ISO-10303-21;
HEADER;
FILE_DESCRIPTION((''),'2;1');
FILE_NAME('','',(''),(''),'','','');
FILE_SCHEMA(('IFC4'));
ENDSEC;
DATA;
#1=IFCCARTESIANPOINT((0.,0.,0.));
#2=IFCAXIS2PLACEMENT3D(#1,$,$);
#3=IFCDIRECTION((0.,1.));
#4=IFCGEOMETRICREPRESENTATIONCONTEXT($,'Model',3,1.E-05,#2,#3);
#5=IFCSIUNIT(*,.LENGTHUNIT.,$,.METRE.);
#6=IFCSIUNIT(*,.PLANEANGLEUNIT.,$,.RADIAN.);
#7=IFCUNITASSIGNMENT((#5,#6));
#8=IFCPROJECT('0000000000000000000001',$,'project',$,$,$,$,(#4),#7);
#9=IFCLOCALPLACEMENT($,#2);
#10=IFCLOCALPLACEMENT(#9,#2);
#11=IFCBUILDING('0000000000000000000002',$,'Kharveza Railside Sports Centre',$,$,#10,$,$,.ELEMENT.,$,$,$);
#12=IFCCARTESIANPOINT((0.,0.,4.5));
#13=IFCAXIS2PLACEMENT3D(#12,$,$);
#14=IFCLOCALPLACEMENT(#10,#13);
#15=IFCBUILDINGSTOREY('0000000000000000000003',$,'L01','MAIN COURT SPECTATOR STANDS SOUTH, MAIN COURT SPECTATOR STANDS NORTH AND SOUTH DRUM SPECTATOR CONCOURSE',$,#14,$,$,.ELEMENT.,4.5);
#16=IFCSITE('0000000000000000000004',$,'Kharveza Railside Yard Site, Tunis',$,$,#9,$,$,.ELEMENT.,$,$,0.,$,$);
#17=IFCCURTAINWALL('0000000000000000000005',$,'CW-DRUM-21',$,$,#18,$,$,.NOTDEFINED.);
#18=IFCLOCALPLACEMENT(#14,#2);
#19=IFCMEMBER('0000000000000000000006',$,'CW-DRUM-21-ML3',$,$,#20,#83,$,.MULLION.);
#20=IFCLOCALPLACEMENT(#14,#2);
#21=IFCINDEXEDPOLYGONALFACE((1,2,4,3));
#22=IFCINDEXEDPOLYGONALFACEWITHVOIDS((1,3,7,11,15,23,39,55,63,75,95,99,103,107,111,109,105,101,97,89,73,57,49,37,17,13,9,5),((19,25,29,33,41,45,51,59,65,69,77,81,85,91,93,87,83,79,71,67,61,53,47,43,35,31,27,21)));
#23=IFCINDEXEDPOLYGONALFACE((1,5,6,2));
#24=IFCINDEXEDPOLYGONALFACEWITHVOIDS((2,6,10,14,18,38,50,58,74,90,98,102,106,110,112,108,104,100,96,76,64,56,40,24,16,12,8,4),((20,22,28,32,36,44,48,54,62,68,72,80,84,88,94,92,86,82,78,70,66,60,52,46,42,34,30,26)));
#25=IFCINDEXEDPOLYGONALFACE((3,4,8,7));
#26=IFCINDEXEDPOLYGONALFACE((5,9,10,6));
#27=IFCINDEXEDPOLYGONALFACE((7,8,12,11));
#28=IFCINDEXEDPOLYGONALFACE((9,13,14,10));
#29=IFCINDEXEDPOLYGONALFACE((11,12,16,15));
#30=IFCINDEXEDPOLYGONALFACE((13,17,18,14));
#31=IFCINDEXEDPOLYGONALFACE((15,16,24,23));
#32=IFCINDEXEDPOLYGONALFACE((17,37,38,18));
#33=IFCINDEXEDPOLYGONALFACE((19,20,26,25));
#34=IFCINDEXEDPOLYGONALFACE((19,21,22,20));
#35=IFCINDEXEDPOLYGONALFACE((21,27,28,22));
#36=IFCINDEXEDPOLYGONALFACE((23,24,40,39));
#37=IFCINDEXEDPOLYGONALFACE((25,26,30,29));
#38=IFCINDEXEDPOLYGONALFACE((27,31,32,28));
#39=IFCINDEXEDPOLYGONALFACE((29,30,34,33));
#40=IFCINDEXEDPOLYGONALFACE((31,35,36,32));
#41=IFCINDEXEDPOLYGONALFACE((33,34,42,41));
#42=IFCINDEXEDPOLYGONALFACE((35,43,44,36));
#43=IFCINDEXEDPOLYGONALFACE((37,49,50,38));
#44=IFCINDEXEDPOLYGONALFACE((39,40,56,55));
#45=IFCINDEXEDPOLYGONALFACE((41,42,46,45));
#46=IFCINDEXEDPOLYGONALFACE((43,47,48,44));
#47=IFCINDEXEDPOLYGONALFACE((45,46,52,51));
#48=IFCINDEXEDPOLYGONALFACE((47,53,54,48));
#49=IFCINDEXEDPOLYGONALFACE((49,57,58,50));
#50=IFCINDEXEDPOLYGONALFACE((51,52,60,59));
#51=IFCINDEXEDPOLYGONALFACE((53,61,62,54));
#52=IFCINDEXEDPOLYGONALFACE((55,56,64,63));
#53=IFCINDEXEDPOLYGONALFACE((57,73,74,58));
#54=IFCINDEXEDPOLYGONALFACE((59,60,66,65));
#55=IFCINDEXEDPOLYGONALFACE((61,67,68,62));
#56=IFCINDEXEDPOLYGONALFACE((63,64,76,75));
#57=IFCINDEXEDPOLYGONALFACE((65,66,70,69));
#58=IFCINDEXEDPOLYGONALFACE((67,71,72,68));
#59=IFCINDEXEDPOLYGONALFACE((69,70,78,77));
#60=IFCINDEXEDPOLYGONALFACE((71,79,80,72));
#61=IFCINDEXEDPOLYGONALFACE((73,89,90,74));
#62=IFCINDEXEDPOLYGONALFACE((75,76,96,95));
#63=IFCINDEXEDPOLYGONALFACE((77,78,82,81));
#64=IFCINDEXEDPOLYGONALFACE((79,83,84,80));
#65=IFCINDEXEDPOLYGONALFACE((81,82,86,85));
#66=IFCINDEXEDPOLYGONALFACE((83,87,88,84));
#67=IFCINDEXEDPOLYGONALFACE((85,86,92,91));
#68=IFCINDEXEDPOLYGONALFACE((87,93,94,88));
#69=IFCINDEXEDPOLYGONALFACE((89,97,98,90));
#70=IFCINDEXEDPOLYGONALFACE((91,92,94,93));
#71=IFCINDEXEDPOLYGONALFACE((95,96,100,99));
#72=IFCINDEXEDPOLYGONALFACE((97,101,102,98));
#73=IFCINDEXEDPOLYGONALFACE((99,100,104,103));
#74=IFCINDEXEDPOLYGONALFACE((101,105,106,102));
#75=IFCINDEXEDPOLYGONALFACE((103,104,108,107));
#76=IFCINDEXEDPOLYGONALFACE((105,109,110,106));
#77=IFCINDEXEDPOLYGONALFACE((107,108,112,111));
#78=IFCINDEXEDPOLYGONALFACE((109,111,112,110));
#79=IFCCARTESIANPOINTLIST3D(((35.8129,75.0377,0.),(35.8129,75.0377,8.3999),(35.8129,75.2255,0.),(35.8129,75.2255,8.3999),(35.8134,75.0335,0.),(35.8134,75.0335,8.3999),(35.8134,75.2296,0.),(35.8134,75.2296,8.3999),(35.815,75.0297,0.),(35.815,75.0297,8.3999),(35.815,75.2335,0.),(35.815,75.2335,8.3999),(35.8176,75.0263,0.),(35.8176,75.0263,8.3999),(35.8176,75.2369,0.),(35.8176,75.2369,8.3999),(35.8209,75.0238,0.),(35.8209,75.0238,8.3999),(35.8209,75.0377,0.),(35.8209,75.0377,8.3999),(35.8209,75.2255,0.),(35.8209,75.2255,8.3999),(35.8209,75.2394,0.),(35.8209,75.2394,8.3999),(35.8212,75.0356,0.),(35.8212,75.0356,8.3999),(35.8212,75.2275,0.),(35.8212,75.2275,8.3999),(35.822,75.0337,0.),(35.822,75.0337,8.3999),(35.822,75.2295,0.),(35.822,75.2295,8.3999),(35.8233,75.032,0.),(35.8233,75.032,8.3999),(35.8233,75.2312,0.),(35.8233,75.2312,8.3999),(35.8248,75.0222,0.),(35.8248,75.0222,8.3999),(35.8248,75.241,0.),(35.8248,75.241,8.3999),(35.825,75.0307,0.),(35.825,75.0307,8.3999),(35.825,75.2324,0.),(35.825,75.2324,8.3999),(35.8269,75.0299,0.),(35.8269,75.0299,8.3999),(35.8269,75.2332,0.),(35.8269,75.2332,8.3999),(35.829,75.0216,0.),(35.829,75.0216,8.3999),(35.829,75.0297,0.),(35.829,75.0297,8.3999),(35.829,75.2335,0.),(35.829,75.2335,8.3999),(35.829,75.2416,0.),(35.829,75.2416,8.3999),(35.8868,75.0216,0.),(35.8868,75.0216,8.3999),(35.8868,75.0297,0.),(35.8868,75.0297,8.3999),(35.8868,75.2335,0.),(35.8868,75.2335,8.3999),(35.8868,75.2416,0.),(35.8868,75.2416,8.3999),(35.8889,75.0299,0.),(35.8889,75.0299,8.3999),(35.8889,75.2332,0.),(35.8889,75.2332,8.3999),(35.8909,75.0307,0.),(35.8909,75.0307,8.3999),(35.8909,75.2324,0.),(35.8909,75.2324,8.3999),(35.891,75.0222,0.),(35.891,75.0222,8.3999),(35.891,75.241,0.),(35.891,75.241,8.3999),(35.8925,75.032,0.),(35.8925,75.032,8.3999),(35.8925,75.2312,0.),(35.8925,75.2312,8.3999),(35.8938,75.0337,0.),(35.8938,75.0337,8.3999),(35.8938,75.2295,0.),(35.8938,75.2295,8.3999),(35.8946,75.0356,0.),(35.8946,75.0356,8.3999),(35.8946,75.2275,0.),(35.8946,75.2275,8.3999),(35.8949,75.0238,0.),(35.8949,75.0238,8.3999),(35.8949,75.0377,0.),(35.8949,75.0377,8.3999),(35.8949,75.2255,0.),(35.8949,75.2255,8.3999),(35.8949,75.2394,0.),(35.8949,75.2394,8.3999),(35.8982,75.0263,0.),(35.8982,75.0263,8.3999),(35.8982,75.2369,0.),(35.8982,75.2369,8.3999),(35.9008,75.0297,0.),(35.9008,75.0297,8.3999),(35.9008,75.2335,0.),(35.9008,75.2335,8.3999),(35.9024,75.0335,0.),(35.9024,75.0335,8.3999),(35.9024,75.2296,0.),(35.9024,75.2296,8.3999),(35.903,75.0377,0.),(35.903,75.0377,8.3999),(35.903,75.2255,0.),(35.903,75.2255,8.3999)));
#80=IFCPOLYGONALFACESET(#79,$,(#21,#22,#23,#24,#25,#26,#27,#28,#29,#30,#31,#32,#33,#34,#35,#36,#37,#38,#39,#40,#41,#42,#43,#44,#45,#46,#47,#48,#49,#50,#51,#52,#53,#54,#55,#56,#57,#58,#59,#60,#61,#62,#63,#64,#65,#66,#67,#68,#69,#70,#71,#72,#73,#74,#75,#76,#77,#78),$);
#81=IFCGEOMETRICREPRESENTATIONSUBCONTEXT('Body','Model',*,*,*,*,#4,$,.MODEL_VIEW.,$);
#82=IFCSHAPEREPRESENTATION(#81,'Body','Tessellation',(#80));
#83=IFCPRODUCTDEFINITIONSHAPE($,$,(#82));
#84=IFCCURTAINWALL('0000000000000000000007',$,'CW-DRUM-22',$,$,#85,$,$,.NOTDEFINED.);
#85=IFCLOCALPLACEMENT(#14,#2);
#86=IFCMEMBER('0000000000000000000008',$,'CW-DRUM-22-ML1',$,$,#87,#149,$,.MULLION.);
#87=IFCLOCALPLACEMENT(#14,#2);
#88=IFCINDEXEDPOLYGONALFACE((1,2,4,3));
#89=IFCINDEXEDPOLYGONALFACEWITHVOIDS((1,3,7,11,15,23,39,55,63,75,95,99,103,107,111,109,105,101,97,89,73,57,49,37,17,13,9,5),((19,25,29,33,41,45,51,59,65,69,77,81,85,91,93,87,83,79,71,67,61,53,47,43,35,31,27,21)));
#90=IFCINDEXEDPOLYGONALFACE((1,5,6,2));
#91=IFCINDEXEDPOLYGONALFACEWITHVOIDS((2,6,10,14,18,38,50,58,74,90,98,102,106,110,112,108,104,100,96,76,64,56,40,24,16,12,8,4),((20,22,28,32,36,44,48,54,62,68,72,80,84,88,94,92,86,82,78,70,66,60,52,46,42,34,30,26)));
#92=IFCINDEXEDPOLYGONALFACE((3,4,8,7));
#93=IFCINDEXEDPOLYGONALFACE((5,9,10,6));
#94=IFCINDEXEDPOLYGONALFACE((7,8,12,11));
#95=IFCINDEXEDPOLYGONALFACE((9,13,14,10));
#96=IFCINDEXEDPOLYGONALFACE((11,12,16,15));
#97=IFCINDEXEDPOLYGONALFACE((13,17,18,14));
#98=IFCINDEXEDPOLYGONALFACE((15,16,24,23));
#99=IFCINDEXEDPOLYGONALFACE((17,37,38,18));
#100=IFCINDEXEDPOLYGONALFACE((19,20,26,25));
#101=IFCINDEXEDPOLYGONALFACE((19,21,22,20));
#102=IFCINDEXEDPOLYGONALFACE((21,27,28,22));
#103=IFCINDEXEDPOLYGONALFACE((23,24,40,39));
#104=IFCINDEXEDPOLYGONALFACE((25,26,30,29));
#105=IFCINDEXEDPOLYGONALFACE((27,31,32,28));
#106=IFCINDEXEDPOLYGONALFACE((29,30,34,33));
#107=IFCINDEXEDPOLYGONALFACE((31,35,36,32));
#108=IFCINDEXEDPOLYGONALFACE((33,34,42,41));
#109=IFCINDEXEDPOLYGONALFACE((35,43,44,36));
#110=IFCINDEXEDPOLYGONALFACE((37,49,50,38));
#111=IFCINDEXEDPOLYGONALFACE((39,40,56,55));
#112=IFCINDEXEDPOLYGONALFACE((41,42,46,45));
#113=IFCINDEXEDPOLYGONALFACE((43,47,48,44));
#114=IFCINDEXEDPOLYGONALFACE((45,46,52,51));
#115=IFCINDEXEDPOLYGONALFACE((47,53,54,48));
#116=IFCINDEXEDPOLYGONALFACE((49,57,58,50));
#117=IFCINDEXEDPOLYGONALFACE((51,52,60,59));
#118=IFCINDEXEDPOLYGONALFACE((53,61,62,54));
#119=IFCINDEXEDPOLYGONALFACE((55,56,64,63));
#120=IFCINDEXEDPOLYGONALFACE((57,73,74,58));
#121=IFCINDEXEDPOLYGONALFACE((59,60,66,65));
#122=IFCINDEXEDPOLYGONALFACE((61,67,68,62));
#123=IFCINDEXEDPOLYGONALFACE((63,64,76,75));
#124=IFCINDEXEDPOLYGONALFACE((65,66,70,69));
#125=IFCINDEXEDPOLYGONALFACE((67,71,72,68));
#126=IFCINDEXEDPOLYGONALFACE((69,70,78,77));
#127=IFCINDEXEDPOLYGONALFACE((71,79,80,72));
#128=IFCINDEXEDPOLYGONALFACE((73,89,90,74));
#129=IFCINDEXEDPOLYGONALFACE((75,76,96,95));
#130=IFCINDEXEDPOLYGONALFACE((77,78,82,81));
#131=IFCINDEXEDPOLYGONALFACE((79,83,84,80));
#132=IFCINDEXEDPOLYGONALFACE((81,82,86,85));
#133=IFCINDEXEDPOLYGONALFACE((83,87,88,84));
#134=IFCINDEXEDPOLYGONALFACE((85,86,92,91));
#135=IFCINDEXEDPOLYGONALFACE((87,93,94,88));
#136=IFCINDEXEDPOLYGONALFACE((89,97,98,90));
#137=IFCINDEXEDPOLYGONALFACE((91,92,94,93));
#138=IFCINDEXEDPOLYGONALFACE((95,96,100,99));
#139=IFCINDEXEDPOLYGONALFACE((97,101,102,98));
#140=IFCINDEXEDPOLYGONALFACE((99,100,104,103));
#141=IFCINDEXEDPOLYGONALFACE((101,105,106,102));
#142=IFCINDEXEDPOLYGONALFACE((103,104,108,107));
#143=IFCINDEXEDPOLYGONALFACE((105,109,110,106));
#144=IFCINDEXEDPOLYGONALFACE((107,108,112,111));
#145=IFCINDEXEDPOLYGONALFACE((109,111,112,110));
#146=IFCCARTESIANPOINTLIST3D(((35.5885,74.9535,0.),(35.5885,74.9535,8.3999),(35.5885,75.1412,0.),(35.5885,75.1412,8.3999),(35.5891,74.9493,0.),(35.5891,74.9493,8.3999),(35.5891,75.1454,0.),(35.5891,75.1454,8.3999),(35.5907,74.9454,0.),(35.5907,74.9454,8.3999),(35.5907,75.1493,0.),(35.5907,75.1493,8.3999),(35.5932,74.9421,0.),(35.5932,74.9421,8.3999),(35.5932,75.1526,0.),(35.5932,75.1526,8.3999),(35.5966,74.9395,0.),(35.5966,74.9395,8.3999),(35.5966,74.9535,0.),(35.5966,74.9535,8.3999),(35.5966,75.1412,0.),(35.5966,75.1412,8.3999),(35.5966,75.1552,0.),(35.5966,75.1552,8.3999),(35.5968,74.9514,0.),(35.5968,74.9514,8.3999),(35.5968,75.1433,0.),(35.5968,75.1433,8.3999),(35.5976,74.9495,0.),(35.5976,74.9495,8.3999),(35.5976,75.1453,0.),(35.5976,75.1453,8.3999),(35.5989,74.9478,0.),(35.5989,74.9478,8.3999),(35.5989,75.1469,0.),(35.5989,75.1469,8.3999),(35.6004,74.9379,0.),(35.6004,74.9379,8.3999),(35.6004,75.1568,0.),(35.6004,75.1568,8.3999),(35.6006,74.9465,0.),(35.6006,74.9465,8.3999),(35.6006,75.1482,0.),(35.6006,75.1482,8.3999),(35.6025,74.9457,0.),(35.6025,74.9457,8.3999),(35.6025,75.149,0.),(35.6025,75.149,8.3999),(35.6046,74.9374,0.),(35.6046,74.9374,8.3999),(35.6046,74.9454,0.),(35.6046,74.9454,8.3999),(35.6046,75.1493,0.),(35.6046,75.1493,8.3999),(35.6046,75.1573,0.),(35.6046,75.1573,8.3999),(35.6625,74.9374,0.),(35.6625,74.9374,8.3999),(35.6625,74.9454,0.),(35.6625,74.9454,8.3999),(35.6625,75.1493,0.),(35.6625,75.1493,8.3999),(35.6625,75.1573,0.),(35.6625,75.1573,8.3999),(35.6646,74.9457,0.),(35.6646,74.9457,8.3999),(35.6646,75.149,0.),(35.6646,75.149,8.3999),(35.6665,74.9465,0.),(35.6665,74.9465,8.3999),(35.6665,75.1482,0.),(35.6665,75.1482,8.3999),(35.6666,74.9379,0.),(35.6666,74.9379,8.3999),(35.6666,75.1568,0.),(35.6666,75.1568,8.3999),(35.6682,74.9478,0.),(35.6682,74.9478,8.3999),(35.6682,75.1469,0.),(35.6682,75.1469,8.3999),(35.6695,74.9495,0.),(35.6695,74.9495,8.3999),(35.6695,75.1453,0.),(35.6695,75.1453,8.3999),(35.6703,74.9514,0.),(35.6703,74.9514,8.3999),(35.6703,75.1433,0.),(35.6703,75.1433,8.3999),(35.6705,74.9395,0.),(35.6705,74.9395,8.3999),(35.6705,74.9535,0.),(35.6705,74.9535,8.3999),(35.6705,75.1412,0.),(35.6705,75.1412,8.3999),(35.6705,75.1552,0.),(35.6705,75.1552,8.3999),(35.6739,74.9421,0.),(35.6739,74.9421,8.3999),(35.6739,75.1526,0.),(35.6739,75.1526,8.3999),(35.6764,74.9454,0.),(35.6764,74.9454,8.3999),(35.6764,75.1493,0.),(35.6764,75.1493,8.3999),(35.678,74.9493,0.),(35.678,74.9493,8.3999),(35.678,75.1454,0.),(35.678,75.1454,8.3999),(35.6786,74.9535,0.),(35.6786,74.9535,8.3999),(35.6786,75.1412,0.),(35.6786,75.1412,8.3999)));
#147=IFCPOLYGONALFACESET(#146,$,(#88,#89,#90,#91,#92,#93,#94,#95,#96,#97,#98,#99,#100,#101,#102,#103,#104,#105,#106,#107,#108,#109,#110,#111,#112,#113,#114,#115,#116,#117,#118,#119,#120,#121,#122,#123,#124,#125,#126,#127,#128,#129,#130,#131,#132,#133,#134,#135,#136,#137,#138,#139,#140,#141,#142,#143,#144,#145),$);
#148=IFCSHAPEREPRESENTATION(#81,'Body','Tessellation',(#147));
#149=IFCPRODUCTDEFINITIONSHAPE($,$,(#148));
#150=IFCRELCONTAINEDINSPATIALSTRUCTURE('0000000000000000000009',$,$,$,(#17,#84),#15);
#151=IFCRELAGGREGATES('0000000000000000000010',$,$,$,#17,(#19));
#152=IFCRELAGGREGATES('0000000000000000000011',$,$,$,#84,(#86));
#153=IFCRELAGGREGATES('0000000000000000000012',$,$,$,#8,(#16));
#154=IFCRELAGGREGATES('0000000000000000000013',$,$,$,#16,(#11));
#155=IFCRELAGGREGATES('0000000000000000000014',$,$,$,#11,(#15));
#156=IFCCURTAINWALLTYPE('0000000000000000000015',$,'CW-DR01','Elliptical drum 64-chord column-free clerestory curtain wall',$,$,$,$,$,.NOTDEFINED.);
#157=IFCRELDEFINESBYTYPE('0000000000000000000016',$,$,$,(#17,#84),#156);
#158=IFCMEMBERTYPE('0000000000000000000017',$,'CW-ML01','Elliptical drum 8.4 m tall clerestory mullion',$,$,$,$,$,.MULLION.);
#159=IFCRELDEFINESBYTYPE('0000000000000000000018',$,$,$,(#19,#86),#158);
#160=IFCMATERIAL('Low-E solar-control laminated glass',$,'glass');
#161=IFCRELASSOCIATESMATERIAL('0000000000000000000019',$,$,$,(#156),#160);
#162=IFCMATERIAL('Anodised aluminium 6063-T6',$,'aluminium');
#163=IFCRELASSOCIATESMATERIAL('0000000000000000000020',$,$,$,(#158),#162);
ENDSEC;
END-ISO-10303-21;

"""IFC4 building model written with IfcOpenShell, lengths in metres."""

from ifc_helpers import new_model, si_unit, direction, frame, origin, origin_2d, place, context, subcontext, project, spatial, hollow_rectangle, extrude, material, material_profile, profile_set, type_object, element, aggregate, save


model = new_model("IFC4")

# Units and contexts
model_context = context("Model", 3, precision=1e-05, world=origin(), true_north=direction((0.0, 1.0)))
body_context = subcontext(model_context, "Body", "Model", "MODEL_VIEW")
ifc_project = project(units=[si_unit("LENGTHUNIT", "METRE"), si_unit("PLANEANGLEUNIT", "RADIAN")], contexts=[model_context])

# Site, building, storey
site_placement = place(None, origin())
site = spatial("IfcSite", under=ifc_project, at=site_placement, Name="Kharveza Railside Yard Site, Tunis", CompositionType="ELEMENT", RefElevation=0.0)
building_placement = place(site_placement, origin())
building = spatial("IfcBuilding", under=site, at=building_placement, Name="Kharveza Railside Sports Centre", CompositionType="ELEMENT")
storey_placement = place(building_placement, frame((0.0, 0.0, 4.5)))
storey = spatial("IfcBuildingStorey", under=building, at=storey_placement, Name="L01", Description="MAIN COURT SPECTATOR STANDS SOUTH, MAIN COURT SPECTATOR STANDS NORTH AND SOUTH DRUM SPECTATOR CONCOURSE", CompositionType="ELEMENT", Elevation=4.5)

# Curtain walls, members
ifc_material_1 = material(Name="Low-E solar-control laminated glass", Category="glass")
curtain_wall_type = type_object("IfcCurtainWallType", Name="CW-DR01", Description="Elliptical drum 64-chord column-free clerestory curtain wall", PredefinedType="NOTDEFINED", material=ifc_material_1)
curtain_wall_1_placement = place(storey_placement, origin())
curtain_wall_1 = element("IfcCurtainWall", 1, at=curtain_wall_1_placement, inside=storey, type_object=curtain_wall_type, Name="CW-DRUM-21", PredefinedType="NOTDEFINED")
ifc_material_2 = material(Name="Anodised aluminium 6063-T6", Category="aluminium")
ifc_material_profile_1 = material_profile(ifc_material_2, hollow_rectangle(XDim=0.0901, YDim=0.22, WallThickness=0.0081, InnerFilletRadius=0.0081, OuterFilletRadius=0.0161, at=origin_2d()), Name="RHS 90x220x8.0")
ifc_profile_set_1 = profile_set([ifc_material_profile_1], Name="Anodised aluminium 6063-T6")
member_type_1 = type_object("IfcMemberType", Name="CW-ML01", Description="Elliptical drum 8.4 m tall clerestory mullion", PredefinedType="MULLION", material=ifc_profile_set_1)
member_1_placement = place(storey_placement, frame((35.8579, 75.1316, 0.0), z_axis=(0.0, 0.0, 1.0), x_axis=(1.0, 0.0, 0.0)))
member_1 = element("IfcMember", 2, at=member_1_placement, type_object=member_type_1, Name="CW-DRUM-21-ML3", PredefinedType="MULLION", context=body_context, shape_type="SweptSolid", body=[
    extrude(hollow_rectangle(XDim=0.0901, YDim=0.22, WallThickness=0.0081, InnerFilletRadius=0.0081, OuterFilletRadius=0.0161, at=origin_2d()), origin(), (0.0, 0.0, 1.0), 8.3999),
])
curtain_wall_2_placement = place(storey_placement, origin())
curtain_wall_2 = element("IfcCurtainWall", 3, at=curtain_wall_2_placement, inside=storey, type_object=curtain_wall_type, Name="CW-DRUM-22", PredefinedType="NOTDEFINED")
member_2_placement = place(storey_placement, frame((35.6335, 75.0474, 0.0), z_axis=(0.0, 0.0, 1.0), x_axis=(1.0, 0.0, 0.0)))
member_2 = element("IfcMember", 4, at=member_2_placement, type_object=member_type_1, Name="CW-DRUM-22-ML1", PredefinedType="MULLION", context=body_context, shape_type="SweptSolid", body=[
    extrude(hollow_rectangle(XDim=0.0901, YDim=0.22, WallThickness=0.0081, InnerFilletRadius=0.0081, OuterFilletRadius=0.0161, at=origin_2d()), origin(), (0.0, 0.0, 1.0), 8.3999),
])

aggregate(curtain_wall_1, [member_1])
aggregate(curtain_wall_2, [member_2])

save(model, "model.ifc")
